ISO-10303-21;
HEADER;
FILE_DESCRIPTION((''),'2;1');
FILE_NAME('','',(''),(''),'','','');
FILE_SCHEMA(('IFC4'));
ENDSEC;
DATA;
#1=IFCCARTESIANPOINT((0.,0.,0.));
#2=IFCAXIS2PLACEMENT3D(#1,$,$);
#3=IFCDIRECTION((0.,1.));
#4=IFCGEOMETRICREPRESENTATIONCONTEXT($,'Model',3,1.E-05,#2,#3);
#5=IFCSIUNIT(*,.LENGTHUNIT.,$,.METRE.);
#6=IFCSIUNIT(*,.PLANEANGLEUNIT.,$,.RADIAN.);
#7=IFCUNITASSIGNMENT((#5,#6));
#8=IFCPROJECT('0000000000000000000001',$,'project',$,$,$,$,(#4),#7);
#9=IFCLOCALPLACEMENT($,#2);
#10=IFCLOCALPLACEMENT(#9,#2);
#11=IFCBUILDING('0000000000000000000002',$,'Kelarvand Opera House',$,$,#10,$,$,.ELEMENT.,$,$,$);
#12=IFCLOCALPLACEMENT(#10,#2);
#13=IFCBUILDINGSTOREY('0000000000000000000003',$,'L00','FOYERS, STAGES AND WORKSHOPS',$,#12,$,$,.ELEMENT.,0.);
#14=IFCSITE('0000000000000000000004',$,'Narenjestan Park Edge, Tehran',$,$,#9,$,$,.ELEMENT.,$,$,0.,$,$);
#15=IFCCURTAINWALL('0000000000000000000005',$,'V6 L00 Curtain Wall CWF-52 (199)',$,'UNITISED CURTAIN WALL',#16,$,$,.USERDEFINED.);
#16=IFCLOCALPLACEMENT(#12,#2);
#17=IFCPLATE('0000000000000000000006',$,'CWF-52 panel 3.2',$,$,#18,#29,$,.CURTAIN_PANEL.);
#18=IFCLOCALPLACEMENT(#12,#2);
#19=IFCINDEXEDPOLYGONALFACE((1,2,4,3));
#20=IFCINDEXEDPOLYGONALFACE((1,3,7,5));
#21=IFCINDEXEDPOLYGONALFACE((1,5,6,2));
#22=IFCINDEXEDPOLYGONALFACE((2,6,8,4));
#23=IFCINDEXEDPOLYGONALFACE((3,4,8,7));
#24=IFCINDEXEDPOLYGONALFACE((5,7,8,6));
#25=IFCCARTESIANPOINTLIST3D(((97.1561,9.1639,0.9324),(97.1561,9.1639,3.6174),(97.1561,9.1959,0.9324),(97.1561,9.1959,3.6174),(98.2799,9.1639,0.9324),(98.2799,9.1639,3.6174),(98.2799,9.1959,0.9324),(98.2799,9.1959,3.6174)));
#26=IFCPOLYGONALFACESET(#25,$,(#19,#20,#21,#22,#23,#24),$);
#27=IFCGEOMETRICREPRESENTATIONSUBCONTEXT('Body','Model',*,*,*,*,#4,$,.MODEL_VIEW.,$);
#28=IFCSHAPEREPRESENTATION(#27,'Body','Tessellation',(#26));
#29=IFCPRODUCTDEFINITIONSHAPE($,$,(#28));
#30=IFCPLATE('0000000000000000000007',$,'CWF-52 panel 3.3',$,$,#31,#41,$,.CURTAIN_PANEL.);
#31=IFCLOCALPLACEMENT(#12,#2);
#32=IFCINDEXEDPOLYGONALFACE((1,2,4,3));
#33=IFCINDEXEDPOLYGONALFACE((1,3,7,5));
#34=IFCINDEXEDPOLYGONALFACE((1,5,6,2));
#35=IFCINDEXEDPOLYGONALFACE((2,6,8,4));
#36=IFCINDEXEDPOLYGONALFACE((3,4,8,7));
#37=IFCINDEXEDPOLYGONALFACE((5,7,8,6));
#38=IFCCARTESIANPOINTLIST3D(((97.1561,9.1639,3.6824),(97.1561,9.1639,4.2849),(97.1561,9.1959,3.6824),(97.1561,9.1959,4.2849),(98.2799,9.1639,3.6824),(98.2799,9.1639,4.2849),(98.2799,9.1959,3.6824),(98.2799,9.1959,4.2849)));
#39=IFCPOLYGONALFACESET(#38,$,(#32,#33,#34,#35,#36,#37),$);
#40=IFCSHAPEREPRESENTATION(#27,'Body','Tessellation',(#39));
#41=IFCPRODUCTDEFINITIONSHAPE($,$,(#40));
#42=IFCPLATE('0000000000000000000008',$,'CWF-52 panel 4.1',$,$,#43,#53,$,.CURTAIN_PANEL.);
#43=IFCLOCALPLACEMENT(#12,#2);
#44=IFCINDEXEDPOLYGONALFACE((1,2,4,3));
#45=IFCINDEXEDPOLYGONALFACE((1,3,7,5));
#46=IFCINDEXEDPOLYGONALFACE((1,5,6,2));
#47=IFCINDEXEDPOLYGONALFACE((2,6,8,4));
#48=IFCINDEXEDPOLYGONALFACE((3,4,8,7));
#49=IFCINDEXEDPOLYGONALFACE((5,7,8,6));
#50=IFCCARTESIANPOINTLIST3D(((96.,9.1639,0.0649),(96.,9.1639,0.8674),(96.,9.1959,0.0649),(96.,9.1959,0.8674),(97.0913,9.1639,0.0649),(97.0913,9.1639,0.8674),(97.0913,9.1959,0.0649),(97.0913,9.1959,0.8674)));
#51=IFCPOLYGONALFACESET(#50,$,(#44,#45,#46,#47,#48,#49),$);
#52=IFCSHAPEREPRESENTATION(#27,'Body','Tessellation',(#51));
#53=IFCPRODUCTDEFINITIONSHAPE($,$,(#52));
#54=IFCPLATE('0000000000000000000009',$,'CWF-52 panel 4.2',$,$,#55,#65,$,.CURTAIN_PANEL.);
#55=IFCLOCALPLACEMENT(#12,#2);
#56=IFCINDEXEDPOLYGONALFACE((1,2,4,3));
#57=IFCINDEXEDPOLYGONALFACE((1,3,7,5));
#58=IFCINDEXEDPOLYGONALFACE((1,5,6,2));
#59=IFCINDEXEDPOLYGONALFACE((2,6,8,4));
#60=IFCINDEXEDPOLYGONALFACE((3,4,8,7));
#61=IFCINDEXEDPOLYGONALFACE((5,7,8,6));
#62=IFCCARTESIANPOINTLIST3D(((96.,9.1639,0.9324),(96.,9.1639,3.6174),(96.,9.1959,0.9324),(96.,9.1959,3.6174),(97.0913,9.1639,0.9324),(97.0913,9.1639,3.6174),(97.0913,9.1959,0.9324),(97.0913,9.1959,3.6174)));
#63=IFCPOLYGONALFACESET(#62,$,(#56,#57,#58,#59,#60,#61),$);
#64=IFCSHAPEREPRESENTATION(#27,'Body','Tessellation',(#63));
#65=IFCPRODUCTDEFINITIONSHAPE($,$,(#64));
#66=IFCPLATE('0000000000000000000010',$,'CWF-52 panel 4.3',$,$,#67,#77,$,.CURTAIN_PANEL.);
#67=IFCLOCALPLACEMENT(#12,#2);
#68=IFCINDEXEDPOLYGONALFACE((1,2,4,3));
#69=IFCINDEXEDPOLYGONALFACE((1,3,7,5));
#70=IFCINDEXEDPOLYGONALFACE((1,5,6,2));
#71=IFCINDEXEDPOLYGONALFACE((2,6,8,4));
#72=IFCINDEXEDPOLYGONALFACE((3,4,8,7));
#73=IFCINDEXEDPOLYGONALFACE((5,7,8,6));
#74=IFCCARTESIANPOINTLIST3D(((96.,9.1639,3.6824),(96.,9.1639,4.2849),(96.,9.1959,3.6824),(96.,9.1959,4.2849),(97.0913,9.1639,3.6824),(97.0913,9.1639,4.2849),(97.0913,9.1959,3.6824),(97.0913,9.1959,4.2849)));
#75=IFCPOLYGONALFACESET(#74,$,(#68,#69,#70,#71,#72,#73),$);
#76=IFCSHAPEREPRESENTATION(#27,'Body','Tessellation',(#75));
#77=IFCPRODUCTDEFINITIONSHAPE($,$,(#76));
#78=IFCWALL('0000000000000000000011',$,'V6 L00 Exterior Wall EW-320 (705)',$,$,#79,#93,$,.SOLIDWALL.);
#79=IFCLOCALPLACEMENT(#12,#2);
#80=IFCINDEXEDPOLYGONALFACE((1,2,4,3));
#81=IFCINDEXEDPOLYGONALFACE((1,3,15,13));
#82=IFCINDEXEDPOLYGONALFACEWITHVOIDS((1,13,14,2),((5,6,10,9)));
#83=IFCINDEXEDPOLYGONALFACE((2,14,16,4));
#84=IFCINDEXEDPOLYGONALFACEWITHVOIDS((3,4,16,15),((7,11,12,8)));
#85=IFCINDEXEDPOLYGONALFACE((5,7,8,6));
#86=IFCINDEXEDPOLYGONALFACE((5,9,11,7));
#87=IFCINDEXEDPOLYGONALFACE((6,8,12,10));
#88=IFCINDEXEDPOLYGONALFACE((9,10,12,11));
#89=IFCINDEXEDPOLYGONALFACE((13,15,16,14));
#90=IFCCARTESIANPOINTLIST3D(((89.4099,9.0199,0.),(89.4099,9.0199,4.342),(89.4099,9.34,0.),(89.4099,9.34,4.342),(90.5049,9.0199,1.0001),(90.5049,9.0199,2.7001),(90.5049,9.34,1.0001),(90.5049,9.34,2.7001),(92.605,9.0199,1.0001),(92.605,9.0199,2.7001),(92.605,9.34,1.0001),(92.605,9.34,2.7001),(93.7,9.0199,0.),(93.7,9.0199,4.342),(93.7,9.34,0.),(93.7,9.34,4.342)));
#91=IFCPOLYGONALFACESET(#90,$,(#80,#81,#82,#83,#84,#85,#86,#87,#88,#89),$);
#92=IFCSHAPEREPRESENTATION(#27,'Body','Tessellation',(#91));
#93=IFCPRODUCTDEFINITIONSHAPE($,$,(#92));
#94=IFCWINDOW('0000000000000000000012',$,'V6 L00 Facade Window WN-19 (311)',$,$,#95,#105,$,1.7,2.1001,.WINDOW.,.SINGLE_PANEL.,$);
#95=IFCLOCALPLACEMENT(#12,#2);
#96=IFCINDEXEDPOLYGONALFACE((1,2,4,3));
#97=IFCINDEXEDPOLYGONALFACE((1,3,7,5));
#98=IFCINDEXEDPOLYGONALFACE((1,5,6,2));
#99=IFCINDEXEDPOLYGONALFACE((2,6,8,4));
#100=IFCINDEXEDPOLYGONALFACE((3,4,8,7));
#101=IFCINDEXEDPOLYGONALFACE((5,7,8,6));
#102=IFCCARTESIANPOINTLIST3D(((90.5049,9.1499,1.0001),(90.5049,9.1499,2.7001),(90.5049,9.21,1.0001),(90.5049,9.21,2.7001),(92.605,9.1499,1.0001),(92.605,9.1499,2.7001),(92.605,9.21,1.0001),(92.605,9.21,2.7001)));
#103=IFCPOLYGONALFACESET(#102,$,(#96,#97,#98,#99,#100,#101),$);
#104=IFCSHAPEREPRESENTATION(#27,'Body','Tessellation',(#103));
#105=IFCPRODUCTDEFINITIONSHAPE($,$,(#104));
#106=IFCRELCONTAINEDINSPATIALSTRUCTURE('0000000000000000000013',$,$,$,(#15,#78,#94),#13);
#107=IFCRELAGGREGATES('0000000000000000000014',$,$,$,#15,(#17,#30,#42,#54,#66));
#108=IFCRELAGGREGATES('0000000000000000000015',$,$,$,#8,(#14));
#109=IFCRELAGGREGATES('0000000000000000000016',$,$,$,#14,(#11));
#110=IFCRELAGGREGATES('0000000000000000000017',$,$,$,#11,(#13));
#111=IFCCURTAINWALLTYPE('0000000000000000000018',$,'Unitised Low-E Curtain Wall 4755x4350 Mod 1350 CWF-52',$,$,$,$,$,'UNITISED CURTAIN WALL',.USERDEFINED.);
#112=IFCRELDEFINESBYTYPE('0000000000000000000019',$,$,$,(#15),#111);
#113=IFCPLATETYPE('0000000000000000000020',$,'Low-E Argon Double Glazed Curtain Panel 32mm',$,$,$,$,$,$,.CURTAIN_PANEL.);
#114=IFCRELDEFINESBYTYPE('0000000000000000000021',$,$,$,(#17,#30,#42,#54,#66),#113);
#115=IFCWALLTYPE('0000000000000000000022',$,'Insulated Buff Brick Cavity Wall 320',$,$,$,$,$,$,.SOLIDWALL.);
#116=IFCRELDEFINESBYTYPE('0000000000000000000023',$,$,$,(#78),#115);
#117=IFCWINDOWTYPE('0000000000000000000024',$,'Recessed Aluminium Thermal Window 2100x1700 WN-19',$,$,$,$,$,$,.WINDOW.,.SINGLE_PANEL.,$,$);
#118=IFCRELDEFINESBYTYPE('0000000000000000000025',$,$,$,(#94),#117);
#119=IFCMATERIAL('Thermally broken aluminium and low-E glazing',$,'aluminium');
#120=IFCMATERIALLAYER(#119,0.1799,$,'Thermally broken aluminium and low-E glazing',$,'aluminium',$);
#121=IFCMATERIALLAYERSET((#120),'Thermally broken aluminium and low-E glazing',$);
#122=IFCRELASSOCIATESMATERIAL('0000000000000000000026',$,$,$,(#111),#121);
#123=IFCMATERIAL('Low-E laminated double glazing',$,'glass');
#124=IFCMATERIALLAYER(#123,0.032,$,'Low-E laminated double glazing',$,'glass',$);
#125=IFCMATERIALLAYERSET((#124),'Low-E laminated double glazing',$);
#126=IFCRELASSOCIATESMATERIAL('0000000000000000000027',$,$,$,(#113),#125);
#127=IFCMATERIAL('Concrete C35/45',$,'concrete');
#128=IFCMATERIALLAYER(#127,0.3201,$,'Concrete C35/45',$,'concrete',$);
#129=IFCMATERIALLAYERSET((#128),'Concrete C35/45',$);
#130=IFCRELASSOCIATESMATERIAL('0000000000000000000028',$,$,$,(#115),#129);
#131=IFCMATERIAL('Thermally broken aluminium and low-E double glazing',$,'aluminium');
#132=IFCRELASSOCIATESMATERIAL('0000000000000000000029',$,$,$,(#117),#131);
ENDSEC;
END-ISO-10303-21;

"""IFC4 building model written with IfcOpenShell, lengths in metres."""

from ifc_helpers import new_model, si_unit, direction, frame, frame_2d, origin, origin_2d, place, context, subcontext, project, spatial, rectangle, extrude, material, layer, layer_set, type_object, element, fill, aggregate, save


model = new_model("IFC4")

# Units and contexts
model_context = context("Model", 3, precision=1e-05, world=origin(), true_north=direction((0.0, 1.0)))
body_context = subcontext(model_context, "Body", "Model", "MODEL_VIEW")
ifc_project = project(units=[si_unit("LENGTHUNIT", "METRE"), si_unit("PLANEANGLEUNIT", "RADIAN")], contexts=[model_context])

# Site, building, storey
site_placement = place(None, origin())
site = spatial("IfcSite", under=ifc_project, at=site_placement, Name="Narenjestan Park Edge, Tehran", CompositionType="ELEMENT", RefElevation=0.0)
building_placement = place(site_placement, origin())
building = spatial("IfcBuilding", under=site, at=building_placement, Name="Kelarvand Opera House", CompositionType="ELEMENT")
storey_placement = place(building_placement, origin())
storey = spatial("IfcBuildingStorey", under=building, at=storey_placement, Name="L00", Description="FOYERS, STAGES AND WORKSHOPS", CompositionType="ELEMENT", Elevation=0.0)

# Curtain wall
ifc_material_1 = material(Name="Thermally broken aluminium and low-E glazing", Category="aluminium")
ifc_layer_1 = layer(ifc_material_1, 0.1799, Name="Thermally broken aluminium and low-E glazing", Category="aluminium")
ifc_layer_set_1 = layer_set([ifc_layer_1], Name="Thermally broken aluminium and low-E glazing")
curtain_wall_type = type_object("IfcCurtainWallType", Name="Unitised Low-E Curtain Wall 4755x4350 Mod 1350 CWF-52", ElementType="UNITISED CURTAIN WALL", PredefinedType="USERDEFINED", material=ifc_layer_set_1)
curtain_wall_placement = place(storey_placement, origin())
curtain_wall = element("IfcCurtainWall", 1, at=curtain_wall_placement, inside=storey, type_object=curtain_wall_type, Name="V6 L00 Curtain Wall CWF-52 (199)", ObjectType="UNITISED CURTAIN WALL", PredefinedType="USERDEFINED")

# Plates
ifc_material_2 = material(Name="Low-E laminated double glazing", Category="glass")
ifc_layer_2 = layer(ifc_material_2, 0.032, Name="Low-E laminated double glazing", Category="glass")
ifc_layer_set_2 = layer_set([ifc_layer_2], Name="Low-E laminated double glazing")
plate_type = type_object("IfcPlateType", Name="Low-E Argon Double Glazed Curtain Panel 32mm", PredefinedType="CURTAIN_PANEL", material=ifc_layer_set_2)
plate_1_placement = place(storey_placement, frame((97.718, 9.1799, 0.9324), z_axis=(0.0, 0.0, 1.0), x_axis=(-1.0, 0.0, 0.0)))
plate_1 = element("IfcPlate", 2, at=plate_1_placement, type_object=plate_type, Name="CWF-52 panel 3.2", PredefinedType="CURTAIN_PANEL", context=body_context, shape_type="SweptSolid", body=[
    extrude(rectangle(XDim=1.1238, YDim=0.032, at=origin_2d()), origin(), (0.0, 0.0, 1.0), 2.6851),
])
plate_2_placement = place(storey_placement, frame((97.718, 9.1799, 3.6824), z_axis=(0.0, 0.0, 1.0), x_axis=(-1.0, 0.0, 0.0)))
plate_2 = element("IfcPlate", 3, at=plate_2_placement, type_object=plate_type, Name="CWF-52 panel 3.3", PredefinedType="CURTAIN_PANEL", context=body_context, shape_type="SweptSolid", body=[
    extrude(rectangle(XDim=1.1238, YDim=0.032, at=origin_2d()), origin(), (0.0, 0.0, 1.0), 0.6025),
])
plate_3_placement = place(storey_placement, frame((96.5457, 9.1799, 0.0649), z_axis=(0.0, 0.0, 1.0), x_axis=(-1.0, 0.0, 0.0)))
plate_3 = element("IfcPlate", 4, at=plate_3_placement, type_object=plate_type, Name="CWF-52 panel 4.1", PredefinedType="CURTAIN_PANEL", context=body_context, shape_type="SweptSolid", body=[
    extrude(rectangle(XDim=1.0913, YDim=0.032, at=origin_2d()), origin(), (0.0, 0.0, 1.0), 0.8025),
])
plate_4_placement = place(storey_placement, frame((96.5457, 9.1799, 0.9324), z_axis=(0.0, 0.0, 1.0), x_axis=(-1.0, 0.0, 0.0)))
plate_4 = element("IfcPlate", 5, at=plate_4_placement, type_object=plate_type, Name="CWF-52 panel 4.2", PredefinedType="CURTAIN_PANEL", context=body_context, shape_type="SweptSolid", body=[
    extrude(rectangle(XDim=1.0913, YDim=0.032, at=origin_2d()), origin(), (0.0, 0.0, 1.0), 2.6851),
])
plate_5_placement = place(storey_placement, frame((96.5457, 9.1799, 3.6824), z_axis=(0.0, 0.0, 1.0), x_axis=(-1.0, 0.0, 0.0)))
plate_5 = element("IfcPlate", 6, at=plate_5_placement, type_object=plate_type, Name="CWF-52 panel 4.3", PredefinedType="CURTAIN_PANEL", context=body_context, shape_type="SweptSolid", body=[
    extrude(rectangle(XDim=1.0913, YDim=0.032, at=origin_2d()), origin(), (0.0, 0.0, 1.0), 0.6025),
])
aggregate(curtain_wall, [plate_1, plate_2, plate_3, plate_4, plate_5])

# Wall, opening, window
ifc_material_3 = material(Name="Concrete C35/45", Category="concrete")
ifc_layer_3 = layer(ifc_material_3, 0.3201, Name="Concrete C35/45", Category="concrete")
ifc_layer_set_3 = layer_set([ifc_layer_3], Name="Concrete C35/45")
wall_type = type_object("IfcWallType", Name="Insulated Buff Brick Cavity Wall 320", PredefinedType="SOLIDWALL", material=ifc_layer_set_3)
wall_placement = place(storey_placement, frame((93.7, 9.1799, 0.0), z_axis=(0.0, 0.0, 1.0), x_axis=(-1.0, 0.0, 0.0)))
wall = element("IfcWall", 7, at=wall_placement, inside=storey, type_object=wall_type, Name="V6 L00 Exterior Wall EW-320 (705)", PredefinedType="SOLIDWALL", context=body_context, shape_type="SweptSolid", body=[
    extrude(rectangle(XDim=4.29, YDim=0.3201, at=frame_2d((2.145, 0.0))), origin(), (0.0, 0.0, 1.0), 4.342),
])
opening_placement = place(wall_placement, frame((1.095, 0.0, 1.0)))
opening = element("IfcOpeningElement", 8, at=opening_placement, cuts=wall, PredefinedType="OPENING", context=body_context, shape_type="SweptSolid", body=[
    extrude(rectangle(XDim=2.1001, YDim=1.7, at=frame_2d((1.05, 0.8501))), frame((0.0, 0.1699, 0.0), z_axis=(0.0, -1.0, 0.0), x_axis=(1.0, 0.0, 0.0)), (0.0, 0.0, 1.0), 0.3401),
])
ifc_material_4 = material(Name="Thermally broken aluminium and low-E double glazing", Category="aluminium")
window_type = type_object("IfcWindowType", Name="Recessed Aluminium Thermal Window 2100x1700 WN-19", PartitioningType="SINGLE_PANEL", PredefinedType="WINDOW", material=ifc_material_4)
window_placement = place(opening_placement, origin())
window = element("IfcWindow", 9, at=window_placement, inside=storey, type_object=window_type, Name="V6 L00 Facade Window WN-19 (311)", OverallHeight=1.7, OverallWidth=2.1001, PartitioningType="SINGLE_PANEL", PredefinedType="WINDOW", context=body_context, shape_type="SweptSolid", body=[
    extrude(rectangle(XDim=2.1001, YDim=1.7, at=frame_2d((1.05, 0.8501))), frame((0.0, 0.03, 0.0), z_axis=(0.0, -1.0, 0.0), x_axis=(1.0, 0.0, 0.0)), (0.0, 0.0, 1.0), 0.0601),
])
fill(opening, window)

save(model, "model.ifc")
